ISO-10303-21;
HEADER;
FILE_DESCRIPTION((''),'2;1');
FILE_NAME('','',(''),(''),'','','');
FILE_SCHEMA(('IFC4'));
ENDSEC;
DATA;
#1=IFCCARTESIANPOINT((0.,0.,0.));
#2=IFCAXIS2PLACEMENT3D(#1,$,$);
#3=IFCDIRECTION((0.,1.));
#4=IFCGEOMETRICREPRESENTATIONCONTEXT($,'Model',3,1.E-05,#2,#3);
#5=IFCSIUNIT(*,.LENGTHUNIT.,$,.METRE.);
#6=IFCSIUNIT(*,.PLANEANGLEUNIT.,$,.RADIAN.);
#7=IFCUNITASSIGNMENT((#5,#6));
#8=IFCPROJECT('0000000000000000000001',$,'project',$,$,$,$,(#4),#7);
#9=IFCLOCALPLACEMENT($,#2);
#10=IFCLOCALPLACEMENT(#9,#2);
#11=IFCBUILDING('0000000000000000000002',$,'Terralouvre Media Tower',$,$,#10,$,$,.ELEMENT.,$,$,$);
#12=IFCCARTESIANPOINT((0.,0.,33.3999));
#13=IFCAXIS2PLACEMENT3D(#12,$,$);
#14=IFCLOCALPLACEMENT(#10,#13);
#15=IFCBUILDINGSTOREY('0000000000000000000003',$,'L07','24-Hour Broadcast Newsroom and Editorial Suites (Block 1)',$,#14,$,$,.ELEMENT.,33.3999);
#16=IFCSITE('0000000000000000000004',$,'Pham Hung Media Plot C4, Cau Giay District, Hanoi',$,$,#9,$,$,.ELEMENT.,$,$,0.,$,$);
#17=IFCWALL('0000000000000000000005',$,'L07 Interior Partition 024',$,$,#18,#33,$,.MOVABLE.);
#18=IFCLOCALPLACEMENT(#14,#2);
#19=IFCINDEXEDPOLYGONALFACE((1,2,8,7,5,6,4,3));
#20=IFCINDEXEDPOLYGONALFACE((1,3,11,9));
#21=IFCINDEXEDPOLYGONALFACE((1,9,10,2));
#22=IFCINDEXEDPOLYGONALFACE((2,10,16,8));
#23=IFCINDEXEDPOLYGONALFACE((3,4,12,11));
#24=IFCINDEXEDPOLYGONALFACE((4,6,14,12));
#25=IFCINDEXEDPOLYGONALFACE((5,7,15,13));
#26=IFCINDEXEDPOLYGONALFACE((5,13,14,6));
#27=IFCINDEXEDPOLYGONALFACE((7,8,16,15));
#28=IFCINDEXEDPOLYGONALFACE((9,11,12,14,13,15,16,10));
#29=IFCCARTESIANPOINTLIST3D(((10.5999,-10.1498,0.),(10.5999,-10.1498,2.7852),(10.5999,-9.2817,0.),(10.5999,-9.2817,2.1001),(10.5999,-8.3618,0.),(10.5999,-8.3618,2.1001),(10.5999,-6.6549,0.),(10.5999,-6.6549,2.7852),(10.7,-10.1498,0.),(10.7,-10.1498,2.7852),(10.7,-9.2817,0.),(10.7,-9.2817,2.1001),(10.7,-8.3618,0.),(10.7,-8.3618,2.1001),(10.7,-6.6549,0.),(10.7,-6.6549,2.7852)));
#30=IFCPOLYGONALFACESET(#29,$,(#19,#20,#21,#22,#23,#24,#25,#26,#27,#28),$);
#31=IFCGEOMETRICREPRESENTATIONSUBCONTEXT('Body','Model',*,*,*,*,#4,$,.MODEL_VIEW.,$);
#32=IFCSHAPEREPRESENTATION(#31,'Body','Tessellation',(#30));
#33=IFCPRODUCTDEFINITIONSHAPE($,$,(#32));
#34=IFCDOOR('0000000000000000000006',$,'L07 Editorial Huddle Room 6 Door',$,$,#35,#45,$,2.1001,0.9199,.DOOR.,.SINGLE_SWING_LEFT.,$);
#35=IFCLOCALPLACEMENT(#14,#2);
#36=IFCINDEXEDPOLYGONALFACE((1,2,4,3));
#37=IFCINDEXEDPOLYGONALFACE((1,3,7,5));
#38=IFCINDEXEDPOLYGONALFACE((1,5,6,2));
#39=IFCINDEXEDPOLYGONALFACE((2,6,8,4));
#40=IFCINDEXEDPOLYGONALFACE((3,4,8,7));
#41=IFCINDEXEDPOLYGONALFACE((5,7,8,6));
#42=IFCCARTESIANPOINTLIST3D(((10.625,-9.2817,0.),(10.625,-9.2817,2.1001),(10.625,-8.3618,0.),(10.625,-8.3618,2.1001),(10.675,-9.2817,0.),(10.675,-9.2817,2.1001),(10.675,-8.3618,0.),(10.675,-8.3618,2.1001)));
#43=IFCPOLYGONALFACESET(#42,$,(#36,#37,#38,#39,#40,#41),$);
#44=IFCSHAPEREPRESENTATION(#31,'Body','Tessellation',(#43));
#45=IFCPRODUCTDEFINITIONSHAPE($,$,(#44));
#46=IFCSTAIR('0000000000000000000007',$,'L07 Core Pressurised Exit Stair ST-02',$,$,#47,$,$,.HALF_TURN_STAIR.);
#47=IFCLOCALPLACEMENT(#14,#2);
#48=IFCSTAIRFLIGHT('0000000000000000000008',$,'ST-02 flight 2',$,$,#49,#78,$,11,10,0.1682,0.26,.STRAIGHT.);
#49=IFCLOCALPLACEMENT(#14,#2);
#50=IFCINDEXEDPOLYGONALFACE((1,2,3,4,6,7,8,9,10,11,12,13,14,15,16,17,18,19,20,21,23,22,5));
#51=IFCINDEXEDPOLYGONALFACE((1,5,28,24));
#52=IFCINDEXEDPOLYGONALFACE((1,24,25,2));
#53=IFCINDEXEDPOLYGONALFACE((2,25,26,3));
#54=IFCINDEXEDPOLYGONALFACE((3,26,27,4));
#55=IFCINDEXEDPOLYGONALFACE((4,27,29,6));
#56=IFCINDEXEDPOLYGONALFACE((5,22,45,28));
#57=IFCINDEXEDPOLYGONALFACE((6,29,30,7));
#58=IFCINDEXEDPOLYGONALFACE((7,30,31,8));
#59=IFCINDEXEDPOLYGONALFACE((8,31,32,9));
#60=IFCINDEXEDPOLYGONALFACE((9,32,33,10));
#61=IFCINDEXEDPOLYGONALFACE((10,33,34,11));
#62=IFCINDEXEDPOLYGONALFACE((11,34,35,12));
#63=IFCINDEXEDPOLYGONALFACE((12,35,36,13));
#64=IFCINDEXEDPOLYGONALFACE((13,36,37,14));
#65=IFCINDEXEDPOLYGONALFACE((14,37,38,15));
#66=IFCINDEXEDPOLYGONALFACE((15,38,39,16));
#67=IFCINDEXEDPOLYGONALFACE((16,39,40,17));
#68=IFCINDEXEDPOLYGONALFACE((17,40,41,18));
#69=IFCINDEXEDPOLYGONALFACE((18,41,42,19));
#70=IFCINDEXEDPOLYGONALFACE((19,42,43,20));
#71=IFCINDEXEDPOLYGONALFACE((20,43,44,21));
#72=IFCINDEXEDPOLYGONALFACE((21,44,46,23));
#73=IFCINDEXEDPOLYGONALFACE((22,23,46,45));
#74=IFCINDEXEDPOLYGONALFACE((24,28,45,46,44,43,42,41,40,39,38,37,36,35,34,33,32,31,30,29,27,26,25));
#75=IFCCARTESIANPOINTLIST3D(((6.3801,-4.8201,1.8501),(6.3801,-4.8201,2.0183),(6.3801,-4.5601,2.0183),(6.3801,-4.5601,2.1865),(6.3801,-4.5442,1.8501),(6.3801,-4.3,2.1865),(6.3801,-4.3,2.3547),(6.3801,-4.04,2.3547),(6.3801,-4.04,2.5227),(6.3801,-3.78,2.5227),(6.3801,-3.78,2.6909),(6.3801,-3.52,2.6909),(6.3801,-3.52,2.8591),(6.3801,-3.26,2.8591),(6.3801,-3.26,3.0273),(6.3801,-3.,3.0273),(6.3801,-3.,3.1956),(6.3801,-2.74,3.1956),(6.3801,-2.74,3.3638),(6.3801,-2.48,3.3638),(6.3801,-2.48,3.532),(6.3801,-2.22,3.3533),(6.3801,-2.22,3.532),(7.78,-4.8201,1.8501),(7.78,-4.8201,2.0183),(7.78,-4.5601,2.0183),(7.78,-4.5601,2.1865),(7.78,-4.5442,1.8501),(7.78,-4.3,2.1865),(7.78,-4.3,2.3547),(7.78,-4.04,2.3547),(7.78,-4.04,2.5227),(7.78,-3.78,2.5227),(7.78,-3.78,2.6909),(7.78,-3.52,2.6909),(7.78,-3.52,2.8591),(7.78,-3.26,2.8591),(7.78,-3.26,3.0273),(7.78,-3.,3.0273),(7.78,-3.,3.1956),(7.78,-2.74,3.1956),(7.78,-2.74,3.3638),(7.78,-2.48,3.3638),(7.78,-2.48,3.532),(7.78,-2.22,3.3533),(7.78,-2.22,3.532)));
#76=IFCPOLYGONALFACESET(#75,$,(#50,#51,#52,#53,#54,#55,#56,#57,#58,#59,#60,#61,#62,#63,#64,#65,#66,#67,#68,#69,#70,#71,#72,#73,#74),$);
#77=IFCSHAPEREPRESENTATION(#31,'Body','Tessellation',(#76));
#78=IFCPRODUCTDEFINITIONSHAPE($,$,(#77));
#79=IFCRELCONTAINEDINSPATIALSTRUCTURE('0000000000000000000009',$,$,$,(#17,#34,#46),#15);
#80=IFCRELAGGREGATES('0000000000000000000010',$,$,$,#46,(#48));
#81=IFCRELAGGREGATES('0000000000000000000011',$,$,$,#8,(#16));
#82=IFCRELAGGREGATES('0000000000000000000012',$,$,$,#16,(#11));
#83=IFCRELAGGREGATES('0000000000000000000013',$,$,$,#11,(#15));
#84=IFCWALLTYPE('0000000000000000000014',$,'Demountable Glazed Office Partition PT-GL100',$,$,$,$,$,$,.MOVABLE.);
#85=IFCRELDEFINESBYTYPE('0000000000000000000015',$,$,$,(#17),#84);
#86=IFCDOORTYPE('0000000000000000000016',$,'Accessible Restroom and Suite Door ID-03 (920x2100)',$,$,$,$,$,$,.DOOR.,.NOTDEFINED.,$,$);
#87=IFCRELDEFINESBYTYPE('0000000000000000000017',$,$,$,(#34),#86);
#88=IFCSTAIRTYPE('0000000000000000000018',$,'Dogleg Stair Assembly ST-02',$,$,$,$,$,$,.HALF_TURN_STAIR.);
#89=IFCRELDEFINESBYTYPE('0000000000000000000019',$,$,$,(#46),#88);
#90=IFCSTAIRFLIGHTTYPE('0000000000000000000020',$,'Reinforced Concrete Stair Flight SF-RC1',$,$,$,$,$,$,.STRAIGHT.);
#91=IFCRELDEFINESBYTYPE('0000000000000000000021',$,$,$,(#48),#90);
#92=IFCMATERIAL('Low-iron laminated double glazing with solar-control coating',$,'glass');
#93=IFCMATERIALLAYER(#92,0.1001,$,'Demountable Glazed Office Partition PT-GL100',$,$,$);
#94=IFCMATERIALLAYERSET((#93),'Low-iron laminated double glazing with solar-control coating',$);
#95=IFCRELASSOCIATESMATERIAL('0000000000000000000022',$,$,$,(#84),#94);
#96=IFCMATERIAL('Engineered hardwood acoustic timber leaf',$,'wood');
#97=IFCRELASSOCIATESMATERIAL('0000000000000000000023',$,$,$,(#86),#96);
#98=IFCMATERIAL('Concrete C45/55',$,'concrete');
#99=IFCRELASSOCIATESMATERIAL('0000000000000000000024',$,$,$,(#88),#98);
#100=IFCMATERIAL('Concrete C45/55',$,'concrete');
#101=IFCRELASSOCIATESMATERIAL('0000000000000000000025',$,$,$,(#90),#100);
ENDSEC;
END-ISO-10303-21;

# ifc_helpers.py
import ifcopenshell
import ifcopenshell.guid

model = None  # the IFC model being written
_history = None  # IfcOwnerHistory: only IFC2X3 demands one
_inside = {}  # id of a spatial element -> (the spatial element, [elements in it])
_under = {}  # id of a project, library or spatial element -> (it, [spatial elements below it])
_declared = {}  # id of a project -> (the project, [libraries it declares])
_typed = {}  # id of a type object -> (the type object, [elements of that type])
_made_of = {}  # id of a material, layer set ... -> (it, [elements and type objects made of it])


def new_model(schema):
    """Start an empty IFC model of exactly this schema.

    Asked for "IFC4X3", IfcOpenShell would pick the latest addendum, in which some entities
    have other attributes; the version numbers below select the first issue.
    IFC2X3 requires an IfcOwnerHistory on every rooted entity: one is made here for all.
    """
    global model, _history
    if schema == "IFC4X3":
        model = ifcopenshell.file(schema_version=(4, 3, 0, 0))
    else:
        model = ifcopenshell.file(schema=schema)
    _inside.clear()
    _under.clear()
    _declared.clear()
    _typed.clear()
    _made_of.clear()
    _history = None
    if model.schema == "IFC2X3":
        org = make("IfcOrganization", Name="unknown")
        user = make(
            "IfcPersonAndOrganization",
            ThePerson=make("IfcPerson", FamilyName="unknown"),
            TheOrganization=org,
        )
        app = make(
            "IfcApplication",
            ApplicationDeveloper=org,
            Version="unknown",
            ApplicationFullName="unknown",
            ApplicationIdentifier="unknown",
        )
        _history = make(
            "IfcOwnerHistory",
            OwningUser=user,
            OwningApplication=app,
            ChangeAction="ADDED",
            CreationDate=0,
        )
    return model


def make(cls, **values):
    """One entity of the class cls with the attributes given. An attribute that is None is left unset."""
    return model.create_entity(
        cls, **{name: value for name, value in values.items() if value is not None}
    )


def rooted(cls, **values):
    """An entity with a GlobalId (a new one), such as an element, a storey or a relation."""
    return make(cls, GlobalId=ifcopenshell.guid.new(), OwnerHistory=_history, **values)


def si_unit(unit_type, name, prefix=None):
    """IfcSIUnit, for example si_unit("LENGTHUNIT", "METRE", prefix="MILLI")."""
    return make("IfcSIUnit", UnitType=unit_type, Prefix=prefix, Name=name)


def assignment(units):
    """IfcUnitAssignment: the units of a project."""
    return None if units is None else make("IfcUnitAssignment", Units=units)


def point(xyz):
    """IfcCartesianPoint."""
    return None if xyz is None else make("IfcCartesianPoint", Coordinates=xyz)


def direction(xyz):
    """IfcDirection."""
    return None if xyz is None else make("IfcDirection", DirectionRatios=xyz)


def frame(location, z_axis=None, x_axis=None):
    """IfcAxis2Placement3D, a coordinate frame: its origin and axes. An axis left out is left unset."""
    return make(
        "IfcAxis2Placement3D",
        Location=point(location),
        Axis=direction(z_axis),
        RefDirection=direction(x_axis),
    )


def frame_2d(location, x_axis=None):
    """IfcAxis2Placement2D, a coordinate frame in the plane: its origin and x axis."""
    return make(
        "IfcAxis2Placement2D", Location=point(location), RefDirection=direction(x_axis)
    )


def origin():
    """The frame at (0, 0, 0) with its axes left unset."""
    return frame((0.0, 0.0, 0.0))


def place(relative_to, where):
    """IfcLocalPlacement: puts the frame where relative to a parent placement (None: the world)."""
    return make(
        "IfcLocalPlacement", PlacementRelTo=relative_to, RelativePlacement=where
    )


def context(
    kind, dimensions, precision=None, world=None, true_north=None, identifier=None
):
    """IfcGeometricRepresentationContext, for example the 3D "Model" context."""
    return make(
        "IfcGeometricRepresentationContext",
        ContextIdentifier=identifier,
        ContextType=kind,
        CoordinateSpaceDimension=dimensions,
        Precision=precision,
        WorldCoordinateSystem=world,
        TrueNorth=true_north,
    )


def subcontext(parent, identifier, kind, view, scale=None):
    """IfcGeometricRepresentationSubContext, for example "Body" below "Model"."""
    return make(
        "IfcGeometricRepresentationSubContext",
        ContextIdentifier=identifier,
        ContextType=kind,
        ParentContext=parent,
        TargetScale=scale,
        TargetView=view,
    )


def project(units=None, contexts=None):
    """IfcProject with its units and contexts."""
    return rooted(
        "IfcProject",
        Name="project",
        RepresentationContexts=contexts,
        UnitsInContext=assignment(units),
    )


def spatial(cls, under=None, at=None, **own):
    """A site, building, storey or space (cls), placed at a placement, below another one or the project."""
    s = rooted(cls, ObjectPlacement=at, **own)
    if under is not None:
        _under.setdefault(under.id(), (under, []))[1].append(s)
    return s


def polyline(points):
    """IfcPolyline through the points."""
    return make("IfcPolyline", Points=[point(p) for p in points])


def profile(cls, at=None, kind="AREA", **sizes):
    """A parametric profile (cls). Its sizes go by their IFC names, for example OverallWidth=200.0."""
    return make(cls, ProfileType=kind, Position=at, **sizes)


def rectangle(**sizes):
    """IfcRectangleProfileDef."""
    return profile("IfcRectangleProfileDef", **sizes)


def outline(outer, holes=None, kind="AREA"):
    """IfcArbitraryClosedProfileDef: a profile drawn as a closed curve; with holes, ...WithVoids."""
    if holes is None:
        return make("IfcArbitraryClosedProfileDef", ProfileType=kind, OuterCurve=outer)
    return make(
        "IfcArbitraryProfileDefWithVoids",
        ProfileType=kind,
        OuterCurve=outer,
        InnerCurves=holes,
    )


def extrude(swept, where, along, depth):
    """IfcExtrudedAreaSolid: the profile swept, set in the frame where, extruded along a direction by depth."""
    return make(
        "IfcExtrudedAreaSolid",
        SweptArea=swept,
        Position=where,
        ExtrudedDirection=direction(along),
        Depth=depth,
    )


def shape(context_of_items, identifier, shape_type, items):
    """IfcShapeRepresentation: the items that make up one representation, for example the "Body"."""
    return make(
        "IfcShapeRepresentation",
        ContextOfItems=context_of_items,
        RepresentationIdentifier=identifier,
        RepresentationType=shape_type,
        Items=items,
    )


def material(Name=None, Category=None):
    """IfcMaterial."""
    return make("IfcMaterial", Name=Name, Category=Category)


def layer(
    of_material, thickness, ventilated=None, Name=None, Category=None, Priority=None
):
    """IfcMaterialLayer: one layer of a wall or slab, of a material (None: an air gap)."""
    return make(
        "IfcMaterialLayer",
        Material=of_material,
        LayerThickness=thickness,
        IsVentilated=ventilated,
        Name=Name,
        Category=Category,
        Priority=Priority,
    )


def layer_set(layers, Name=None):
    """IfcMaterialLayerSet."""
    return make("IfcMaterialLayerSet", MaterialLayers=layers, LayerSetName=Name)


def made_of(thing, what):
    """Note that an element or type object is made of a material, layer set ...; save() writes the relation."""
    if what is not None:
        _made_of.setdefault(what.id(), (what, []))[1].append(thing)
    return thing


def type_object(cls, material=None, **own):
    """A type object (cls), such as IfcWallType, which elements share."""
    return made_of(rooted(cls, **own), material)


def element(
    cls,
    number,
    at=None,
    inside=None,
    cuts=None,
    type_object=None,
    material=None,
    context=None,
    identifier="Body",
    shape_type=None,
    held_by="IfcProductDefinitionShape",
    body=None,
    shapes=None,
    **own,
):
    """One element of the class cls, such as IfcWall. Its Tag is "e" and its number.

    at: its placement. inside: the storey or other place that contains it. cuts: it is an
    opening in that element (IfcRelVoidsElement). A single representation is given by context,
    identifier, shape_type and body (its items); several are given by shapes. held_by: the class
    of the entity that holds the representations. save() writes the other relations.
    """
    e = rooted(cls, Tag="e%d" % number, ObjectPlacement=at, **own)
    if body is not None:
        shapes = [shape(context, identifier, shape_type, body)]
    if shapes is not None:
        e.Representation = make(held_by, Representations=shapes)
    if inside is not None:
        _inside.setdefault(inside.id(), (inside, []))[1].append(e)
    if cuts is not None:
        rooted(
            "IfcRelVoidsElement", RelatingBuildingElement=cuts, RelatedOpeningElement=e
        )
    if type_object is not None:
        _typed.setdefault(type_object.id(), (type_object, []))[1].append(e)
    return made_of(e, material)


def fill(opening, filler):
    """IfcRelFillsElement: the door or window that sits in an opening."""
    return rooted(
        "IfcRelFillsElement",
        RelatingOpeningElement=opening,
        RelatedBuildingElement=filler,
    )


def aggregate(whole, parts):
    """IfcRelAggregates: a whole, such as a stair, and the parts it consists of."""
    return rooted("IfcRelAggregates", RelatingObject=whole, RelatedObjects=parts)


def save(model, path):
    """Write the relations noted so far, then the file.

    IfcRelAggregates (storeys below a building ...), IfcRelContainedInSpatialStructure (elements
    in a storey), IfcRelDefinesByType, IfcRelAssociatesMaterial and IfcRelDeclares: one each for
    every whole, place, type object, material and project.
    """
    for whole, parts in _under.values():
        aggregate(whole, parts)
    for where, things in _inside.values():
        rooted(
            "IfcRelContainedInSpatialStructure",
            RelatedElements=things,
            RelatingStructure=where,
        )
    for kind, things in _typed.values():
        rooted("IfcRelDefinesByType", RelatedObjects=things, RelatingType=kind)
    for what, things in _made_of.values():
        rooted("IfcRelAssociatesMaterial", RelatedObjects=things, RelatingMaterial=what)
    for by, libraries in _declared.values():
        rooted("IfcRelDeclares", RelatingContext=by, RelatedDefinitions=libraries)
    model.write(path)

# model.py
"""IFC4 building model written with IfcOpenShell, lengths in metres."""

from ifc_helpers import new_model, si_unit, direction, frame, frame_2d, origin, place, context, subcontext, project, spatial, polyline, rectangle, outline, extrude, material, layer, layer_set, type_object, element, fill, aggregate, save


model = new_model("IFC4")

# Units and contexts
model_context = context("Model", 3, precision=1e-05, world=origin(), true_north=direction((0.0, 1.0)))
body_context = subcontext(model_context, "Body", "Model", "MODEL_VIEW")
ifc_project = project(units=[si_unit("LENGTHUNIT", "METRE"), si_unit("PLANEANGLEUNIT", "RADIAN")], contexts=[model_context])

# Site, building, storey
site_placement = place(None, origin())
site = spatial("IfcSite", under=ifc_project, at=site_placement, Name="Pham Hung Media Plot C4, Cau Giay District, Hanoi", CompositionType="ELEMENT", RefElevation=0.0)
building_placement = place(site_placement, origin())
building = spatial("IfcBuilding", under=site, at=building_placement, Name="Terralouvre Media Tower", CompositionType="ELEMENT")
storey_placement = place(building_placement, frame((0.0, 0.0, 33.3999)))
storey = spatial("IfcBuildingStorey", under=building, at=storey_placement, Name="L07", Description="24-Hour Broadcast Newsroom and Editorial Suites (Block 1)", CompositionType="ELEMENT", Elevation=33.3999)

# Shared definitions
ifc_material_1 = material(Name="Low-iron laminated double glazing with solar-control coating", Category="glass")
ifc_layer_1 = layer(ifc_material_1, 0.1001, Name="Demountable Glazed Office Partition PT-GL100")
ifc_layer_set_1 = layer_set([ifc_layer_1], Name="Low-iron laminated double glazing with solar-control coating")
wall_type_1 = type_object("IfcWallType", Name="Demountable Glazed Office Partition PT-GL100", PredefinedType="MOVABLE", material=ifc_layer_set_1)

# Wall, opening, door
wall_1_placement = place(storey_placement, frame((10.6499, -10.1499, 0.0), z_axis=(0.0, 0.0, 1.0), x_axis=(0.0, 1.0, 0.0)))
wall_1 = element("IfcWall", 1, at=wall_1_placement, inside=storey, type_object=wall_type_1, Name="L07 Interior Partition 024", PredefinedType="MOVABLE", context=body_context, shape_type="SweptSolid", body=[
    extrude(rectangle(XDim=3.4949, YDim=0.1001, at=frame_2d((1.7476, 0.0))), origin(), (0.0, 0.0, 1.0), 2.7852),
])
opening_1_placement = place(wall_1_placement, frame((0.8682, 0.0, 0.0)))
opening_1 = element("IfcOpeningElement", 2, at=opening_1_placement, cuts=wall_1, PredefinedType="OPENING", context=body_context, shape_type="SweptSolid", body=[
    extrude(rectangle(XDim=0.9199, YDim=2.1001, at=frame_2d((0.46, 1.05))), frame((0.0, 0.0601, 0.0), z_axis=(0.0, -1.0, 0.0), x_axis=(1.0, 0.0, 0.0)), (0.0, 0.0, 1.0), 0.1201),
])
ifc_material_2 = material(Name="Engineered hardwood acoustic timber leaf", Category="wood")
door_type_1 = type_object("IfcDoorType", Name="Accessible Restroom and Suite Door ID-03 (920x2100)", OperationType="NOTDEFINED", PredefinedType="DOOR", material=ifc_material_2)
door_1_placement = place(opening_1_placement, origin())
door_1 = element("IfcDoor", 3, at=door_1_placement, inside=storey, type_object=door_type_1, Name="L07 Editorial Huddle Room 6 Door", OperationType="SINGLE_SWING_LEFT", OverallHeight=2.1001, OverallWidth=0.9199, PredefinedType="DOOR", context=body_context, shape_type="SweptSolid", body=[
    extrude(rectangle(XDim=0.9199, YDim=2.1001, at=frame_2d((0.46, 1.05))), frame((0.0, 0.0249, 0.0), z_axis=(0.0, -1.0, 0.0), x_axis=(1.0, 0.0, 0.0)), (0.0, 0.0, 1.0), 0.05),
])
fill(opening_1, door_1)

# Stair, stair flight
ifc_material_3 = material(Name="Concrete C45/55", Category="concrete")
stair_type = type_object("IfcStairType", Name="Dogleg Stair Assembly ST-02", PredefinedType="HALF_TURN_STAIR", material=ifc_material_3)
stair_placement = place(storey_placement, origin())
stair = element("IfcStair", 4, at=stair_placement, inside=storey, type_object=stair_type, Name="L07 Core Pressurised Exit Stair ST-02", PredefinedType="HALF_TURN_STAIR")
ifc_material_4 = material(Name="Concrete C45/55", Category="concrete")
stair_flight_type = type_object("IfcStairFlightType", Name="Reinforced Concrete Stair Flight SF-RC1", PredefinedType="STRAIGHT", material=ifc_material_4)
stair_flight_placement = place(storey_placement, frame((7.0801, -4.8201, 1.8501), z_axis=(0.0, 0.0, 1.0), x_axis=(0.0, 1.0, 0.0)))
stair_flight = element("IfcStairFlight", 5, at=stair_flight_placement, type_object=stair_flight_type, Name="ST-02 flight 2", NumberOfRisers=11, NumberOfTreads=10, PredefinedType="STRAIGHT", RiserHeight=0.1682, TreadLength=0.26, context=body_context, shape_type="SweptSolid", body=[
    extrude(outline(polyline([(0.0, 0.0), (0.0, 0.1682), (0.26, 0.1682), (0.26, 0.3364), (0.52, 0.3364), (0.52, 0.5046), (0.78, 0.5046), (0.78, 0.6726), (1.04, 0.6726), (1.04, 0.8408), (1.3, 0.8408), (1.3, 1.009), (1.5601, 1.009), (1.5601, 1.1772), (1.8201, 1.1772), (1.8201, 1.3455), (2.0801, 1.3455), (2.0801, 1.5137), (2.3401, 1.5137), (2.3401, 1.6819), (2.6001, 1.6819), (2.6001, 1.8501), (2.6001, 1.5032), (0.2759, 0.0), (0.0, 0.0)])), frame((0.0, 0.7, 0.0), z_axis=(0.0, -1.0, 0.0), x_axis=(1.0, 0.0, 0.0)), (0.0, 0.0, 1.0), 1.3999),
])
aggregate(stair, [stair_flight])

save(model, "model.ifc")
